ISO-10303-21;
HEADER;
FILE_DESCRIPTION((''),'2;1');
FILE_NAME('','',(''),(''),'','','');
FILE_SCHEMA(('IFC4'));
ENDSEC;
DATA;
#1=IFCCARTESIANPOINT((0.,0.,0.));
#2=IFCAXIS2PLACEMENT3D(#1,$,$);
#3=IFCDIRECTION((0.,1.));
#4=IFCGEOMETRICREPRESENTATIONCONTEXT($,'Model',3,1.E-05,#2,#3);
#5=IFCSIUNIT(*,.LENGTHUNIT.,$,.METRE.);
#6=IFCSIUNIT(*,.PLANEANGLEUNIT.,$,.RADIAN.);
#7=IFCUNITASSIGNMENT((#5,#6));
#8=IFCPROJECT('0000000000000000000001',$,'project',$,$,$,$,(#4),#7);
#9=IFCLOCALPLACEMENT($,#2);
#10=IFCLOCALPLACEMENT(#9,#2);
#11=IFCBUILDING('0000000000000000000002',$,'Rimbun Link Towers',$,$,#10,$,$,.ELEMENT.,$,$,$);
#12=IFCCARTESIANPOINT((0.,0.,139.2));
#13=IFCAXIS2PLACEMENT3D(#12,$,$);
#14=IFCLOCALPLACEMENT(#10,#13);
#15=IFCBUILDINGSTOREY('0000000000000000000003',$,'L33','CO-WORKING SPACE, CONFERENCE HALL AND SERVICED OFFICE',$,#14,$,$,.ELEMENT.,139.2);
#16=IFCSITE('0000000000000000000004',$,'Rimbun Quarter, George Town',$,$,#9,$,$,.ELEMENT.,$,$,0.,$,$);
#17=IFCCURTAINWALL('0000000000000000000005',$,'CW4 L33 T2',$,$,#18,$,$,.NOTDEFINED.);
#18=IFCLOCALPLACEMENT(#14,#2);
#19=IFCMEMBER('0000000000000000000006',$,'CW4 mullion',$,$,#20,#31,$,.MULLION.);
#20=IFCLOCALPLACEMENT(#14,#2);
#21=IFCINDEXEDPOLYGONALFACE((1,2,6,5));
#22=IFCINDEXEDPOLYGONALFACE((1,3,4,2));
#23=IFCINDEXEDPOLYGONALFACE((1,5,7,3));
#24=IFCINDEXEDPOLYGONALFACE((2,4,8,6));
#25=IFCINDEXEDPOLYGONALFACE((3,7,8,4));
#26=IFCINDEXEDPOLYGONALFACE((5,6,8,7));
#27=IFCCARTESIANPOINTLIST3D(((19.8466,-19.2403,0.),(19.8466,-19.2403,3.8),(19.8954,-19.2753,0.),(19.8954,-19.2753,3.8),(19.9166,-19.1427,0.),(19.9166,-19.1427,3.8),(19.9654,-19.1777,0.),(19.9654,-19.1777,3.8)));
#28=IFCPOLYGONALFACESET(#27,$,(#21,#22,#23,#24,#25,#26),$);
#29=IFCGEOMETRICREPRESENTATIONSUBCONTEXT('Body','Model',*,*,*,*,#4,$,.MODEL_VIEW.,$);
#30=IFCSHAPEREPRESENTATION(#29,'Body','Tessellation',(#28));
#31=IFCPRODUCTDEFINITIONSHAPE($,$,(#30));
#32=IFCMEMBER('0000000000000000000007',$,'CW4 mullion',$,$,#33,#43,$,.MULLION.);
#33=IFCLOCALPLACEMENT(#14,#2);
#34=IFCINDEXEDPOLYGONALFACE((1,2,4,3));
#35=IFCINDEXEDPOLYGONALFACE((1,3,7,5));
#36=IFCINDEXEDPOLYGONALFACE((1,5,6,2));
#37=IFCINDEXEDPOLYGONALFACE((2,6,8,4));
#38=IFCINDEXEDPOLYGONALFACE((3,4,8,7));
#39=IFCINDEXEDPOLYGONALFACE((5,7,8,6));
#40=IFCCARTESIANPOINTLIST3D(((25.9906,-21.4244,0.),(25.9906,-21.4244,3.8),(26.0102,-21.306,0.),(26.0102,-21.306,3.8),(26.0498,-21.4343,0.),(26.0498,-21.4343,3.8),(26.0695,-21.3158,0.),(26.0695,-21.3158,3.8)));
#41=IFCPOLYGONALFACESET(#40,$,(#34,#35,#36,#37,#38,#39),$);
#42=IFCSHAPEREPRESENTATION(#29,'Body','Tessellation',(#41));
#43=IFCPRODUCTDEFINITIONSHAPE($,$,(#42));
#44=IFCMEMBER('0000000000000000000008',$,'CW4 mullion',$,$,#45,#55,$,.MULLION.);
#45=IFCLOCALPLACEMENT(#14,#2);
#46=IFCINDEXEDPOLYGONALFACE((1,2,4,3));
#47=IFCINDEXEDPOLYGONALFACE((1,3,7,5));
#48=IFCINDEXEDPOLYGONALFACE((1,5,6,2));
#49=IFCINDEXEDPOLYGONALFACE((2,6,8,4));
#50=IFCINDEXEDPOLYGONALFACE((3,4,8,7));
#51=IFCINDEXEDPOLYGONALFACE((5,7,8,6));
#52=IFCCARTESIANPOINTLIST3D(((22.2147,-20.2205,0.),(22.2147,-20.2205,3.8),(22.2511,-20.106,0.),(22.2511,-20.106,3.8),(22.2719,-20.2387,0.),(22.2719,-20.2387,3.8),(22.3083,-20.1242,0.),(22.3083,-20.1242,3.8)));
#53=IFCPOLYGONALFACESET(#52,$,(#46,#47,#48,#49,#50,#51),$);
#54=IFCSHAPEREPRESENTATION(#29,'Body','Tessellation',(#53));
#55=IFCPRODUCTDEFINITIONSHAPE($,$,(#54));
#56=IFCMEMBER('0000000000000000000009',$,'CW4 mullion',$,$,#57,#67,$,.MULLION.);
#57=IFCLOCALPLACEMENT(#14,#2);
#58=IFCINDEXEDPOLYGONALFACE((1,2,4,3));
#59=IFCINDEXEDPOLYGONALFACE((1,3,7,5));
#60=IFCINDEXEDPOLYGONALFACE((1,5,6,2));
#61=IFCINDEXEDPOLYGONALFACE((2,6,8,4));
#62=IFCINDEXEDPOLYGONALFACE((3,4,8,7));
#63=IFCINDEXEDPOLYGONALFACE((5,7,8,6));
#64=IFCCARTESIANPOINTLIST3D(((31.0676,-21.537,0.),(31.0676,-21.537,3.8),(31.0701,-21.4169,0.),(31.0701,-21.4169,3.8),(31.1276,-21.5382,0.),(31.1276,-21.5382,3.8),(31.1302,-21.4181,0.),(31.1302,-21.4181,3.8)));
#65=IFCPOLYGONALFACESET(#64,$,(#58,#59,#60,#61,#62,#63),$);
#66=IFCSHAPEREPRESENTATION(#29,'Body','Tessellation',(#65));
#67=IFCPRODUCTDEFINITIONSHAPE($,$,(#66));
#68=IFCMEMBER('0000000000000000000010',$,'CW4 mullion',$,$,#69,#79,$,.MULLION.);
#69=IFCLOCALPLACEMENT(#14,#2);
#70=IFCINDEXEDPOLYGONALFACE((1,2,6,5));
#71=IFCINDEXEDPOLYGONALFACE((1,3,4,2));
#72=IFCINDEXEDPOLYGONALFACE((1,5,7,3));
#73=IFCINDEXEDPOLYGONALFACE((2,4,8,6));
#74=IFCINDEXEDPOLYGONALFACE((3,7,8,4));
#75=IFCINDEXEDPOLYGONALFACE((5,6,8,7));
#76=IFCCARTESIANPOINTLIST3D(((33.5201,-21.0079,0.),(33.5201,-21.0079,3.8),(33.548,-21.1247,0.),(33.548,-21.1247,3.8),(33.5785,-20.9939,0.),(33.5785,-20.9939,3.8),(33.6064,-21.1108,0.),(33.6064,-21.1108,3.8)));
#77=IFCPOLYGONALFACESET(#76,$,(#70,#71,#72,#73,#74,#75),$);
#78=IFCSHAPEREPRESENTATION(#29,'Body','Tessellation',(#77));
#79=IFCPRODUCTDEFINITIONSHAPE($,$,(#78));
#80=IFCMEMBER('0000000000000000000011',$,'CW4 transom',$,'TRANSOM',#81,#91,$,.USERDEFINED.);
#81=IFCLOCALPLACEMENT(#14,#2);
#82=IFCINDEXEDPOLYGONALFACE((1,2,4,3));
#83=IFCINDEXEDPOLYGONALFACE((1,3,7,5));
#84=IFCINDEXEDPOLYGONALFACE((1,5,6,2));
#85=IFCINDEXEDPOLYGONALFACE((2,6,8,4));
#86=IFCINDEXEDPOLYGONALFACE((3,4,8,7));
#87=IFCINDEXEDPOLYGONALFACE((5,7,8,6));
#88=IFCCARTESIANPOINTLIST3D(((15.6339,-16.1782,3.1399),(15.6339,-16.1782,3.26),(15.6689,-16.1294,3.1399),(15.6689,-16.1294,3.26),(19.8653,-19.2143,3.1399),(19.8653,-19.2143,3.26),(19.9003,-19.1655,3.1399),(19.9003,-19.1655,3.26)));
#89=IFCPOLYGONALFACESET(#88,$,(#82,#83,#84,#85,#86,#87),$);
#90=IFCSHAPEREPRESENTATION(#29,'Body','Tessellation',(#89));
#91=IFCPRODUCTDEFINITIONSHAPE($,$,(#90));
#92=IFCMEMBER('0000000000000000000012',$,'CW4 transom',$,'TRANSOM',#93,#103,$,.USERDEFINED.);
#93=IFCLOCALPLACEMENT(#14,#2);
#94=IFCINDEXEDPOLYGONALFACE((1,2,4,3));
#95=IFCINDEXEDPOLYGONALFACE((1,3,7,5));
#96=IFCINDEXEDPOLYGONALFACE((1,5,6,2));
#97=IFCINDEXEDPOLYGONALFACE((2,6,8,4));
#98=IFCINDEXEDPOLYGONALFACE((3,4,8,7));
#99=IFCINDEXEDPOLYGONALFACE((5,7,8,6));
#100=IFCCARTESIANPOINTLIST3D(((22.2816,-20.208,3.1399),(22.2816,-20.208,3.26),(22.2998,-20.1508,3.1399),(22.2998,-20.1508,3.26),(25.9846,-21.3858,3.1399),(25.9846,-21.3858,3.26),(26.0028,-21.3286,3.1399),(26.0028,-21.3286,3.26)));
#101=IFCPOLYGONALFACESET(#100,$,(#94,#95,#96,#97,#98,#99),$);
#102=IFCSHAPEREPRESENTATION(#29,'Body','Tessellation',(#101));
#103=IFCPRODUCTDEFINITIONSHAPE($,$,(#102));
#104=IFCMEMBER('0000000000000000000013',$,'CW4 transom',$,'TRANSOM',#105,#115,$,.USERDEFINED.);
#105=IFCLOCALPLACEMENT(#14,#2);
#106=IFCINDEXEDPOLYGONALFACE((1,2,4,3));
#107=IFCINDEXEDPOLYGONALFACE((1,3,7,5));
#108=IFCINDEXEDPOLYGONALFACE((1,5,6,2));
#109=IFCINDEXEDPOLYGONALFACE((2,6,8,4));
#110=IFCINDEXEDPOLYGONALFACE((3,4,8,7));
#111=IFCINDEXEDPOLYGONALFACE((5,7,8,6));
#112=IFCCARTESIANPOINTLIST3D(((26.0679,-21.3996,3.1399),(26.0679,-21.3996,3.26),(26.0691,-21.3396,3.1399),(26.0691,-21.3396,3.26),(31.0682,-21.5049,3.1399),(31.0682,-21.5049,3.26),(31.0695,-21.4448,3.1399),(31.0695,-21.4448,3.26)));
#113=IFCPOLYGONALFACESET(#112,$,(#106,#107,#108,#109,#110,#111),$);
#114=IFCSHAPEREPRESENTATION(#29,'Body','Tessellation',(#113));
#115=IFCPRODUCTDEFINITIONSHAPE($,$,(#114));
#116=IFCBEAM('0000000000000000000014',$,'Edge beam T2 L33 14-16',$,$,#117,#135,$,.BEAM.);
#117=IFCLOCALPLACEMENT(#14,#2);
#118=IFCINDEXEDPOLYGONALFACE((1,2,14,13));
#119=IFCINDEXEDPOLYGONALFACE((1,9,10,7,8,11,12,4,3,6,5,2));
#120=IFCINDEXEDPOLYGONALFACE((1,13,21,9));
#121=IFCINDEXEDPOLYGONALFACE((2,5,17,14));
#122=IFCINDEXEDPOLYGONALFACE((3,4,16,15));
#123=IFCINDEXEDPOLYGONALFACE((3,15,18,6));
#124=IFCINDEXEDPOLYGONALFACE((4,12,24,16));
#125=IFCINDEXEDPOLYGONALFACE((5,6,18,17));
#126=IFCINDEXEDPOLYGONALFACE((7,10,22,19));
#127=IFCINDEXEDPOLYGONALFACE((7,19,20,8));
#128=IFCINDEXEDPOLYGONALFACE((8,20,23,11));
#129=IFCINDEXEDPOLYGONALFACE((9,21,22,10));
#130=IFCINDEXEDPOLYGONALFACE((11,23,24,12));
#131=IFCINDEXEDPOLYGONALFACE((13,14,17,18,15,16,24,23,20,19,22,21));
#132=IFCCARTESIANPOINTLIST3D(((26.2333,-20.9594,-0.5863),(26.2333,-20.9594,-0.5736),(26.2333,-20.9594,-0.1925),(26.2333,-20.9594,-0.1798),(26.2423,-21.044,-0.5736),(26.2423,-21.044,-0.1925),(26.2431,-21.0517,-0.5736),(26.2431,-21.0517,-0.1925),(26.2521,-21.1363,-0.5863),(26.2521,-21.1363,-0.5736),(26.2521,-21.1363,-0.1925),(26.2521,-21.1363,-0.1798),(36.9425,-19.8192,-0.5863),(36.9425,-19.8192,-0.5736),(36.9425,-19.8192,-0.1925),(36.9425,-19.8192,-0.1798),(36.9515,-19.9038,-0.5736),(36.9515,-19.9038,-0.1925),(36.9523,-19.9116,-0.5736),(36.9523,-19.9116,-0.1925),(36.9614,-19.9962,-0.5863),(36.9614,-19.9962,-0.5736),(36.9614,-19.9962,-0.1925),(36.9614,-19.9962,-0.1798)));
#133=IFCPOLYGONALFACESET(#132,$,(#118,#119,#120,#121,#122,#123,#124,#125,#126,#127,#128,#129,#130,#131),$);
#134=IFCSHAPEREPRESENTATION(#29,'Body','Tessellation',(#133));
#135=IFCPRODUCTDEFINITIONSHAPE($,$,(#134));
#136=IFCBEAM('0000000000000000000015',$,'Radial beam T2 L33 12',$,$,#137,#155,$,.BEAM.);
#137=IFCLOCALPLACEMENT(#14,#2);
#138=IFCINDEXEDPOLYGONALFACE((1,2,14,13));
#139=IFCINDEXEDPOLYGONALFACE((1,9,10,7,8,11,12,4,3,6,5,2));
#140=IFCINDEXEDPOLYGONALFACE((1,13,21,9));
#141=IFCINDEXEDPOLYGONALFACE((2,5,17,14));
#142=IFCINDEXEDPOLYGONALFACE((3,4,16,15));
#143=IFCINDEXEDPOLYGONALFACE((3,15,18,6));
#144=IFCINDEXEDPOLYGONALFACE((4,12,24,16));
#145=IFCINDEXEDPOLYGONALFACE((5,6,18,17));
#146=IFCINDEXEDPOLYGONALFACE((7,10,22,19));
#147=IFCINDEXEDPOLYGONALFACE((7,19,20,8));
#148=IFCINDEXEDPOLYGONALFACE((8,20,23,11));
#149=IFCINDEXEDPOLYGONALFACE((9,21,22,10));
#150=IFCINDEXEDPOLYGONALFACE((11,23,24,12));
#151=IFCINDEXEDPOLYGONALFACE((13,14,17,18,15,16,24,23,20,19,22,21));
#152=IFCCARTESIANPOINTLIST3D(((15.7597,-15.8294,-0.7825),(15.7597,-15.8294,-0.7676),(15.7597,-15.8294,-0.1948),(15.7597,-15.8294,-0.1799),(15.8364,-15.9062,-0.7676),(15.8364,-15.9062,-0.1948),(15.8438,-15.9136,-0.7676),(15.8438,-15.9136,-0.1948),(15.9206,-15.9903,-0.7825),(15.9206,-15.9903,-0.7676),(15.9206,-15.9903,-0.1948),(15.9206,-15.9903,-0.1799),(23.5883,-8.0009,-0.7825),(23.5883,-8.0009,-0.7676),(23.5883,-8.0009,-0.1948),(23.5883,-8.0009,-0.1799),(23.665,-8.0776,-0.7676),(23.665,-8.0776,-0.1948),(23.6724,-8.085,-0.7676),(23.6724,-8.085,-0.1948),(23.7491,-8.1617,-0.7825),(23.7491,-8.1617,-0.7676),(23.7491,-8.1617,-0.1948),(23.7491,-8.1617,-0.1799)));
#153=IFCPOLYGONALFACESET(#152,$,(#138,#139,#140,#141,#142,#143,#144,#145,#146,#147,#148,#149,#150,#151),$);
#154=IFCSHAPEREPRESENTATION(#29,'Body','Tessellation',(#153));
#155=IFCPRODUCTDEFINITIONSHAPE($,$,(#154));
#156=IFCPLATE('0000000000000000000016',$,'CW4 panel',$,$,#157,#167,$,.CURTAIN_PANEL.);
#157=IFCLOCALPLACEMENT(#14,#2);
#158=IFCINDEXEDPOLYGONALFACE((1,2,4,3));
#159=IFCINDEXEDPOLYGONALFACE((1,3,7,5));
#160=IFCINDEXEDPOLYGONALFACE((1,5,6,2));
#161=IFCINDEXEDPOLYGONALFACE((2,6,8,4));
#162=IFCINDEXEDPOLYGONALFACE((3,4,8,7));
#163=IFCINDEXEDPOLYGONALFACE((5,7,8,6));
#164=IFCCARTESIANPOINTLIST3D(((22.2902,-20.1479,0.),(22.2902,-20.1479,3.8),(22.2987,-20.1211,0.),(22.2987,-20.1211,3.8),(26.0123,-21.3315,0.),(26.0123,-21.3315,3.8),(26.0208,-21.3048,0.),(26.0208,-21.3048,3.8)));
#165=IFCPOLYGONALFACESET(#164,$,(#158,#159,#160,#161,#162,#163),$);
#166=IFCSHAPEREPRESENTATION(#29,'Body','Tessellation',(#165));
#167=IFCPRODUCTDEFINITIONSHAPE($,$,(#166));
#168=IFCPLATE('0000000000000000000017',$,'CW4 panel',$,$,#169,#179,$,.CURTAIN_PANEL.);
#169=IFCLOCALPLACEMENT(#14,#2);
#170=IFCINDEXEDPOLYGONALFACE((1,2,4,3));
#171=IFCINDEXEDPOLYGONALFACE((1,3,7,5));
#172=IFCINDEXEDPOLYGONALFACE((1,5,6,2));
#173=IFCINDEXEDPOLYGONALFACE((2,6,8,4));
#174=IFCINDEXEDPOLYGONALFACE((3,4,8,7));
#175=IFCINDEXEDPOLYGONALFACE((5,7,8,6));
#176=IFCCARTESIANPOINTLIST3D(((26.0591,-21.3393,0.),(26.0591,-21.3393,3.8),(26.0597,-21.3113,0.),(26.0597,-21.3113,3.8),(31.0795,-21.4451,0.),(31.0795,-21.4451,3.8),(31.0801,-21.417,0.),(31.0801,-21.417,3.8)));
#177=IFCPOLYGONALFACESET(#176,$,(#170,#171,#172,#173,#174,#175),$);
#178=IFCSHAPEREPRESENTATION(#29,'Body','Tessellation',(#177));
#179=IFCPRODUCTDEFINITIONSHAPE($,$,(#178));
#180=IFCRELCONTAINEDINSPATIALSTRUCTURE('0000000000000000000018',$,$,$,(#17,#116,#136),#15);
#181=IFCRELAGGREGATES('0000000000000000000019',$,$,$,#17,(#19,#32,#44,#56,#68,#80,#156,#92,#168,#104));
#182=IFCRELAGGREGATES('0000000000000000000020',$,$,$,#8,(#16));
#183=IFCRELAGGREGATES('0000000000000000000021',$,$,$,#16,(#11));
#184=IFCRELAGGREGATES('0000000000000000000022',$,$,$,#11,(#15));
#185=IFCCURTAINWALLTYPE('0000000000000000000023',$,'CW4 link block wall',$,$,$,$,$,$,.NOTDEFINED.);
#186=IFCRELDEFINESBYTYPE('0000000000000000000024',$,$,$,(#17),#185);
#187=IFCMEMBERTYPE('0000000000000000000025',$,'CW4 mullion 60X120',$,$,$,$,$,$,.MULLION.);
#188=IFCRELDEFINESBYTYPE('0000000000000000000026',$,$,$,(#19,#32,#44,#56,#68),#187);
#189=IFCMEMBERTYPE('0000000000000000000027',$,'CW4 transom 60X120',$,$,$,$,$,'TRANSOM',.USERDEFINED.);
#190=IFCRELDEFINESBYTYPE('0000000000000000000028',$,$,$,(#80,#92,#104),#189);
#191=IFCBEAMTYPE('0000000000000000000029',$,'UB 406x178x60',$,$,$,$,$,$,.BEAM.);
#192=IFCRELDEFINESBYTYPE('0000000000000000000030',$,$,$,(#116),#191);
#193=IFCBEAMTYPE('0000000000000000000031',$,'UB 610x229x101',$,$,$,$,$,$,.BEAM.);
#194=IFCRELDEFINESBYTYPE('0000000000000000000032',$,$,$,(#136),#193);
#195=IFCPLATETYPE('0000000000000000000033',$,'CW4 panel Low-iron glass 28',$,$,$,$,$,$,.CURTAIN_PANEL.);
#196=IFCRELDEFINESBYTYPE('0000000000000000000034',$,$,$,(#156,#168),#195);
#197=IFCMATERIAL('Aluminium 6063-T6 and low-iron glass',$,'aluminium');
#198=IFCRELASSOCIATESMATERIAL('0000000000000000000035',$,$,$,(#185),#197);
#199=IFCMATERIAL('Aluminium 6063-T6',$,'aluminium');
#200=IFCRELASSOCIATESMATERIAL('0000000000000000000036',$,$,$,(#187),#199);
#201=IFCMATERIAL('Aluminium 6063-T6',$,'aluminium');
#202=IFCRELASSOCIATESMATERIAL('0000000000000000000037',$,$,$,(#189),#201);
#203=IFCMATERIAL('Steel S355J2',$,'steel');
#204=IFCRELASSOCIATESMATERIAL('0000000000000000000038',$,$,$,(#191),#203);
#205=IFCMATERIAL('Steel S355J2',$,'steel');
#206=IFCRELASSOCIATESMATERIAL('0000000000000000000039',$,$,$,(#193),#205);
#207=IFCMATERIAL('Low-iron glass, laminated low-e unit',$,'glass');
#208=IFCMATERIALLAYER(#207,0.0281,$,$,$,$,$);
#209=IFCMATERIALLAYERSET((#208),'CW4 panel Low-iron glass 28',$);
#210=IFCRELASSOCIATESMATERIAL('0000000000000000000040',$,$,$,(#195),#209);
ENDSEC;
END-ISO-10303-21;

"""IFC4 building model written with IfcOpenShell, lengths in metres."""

from ifc_helpers import new_model, si_unit, direction, frame, origin, origin_2d, place, context, subcontext, project, spatial, rectangle, i_section, extrude, material, layer, layer_set, material_profile, profile_set, type_object, element, aggregate, save


model = new_model("IFC4")

# Units and contexts
model_context = context("Model", 3, precision=1e-05, world=origin(), true_north=direction((0.0, 1.0)))
body_context = subcontext(model_context, "Body", "Model", "MODEL_VIEW")
ifc_project = project(units=[si_unit("LENGTHUNIT", "METRE"), si_unit("PLANEANGLEUNIT", "RADIAN")], contexts=[model_context])

# Site, building, storey
site_placement = place(None, origin())
site = spatial("IfcSite", under=ifc_project, at=site_placement, Name="Rimbun Quarter, George Town", CompositionType="ELEMENT", RefElevation=0.0)
building_placement = place(site_placement, origin())
building = spatial("IfcBuilding", under=site, at=building_placement, Name="Rimbun Link Towers", CompositionType="ELEMENT")
storey_placement = place(building_placement, frame((0.0, 0.0, 139.2)))
storey = spatial("IfcBuildingStorey", under=building, at=storey_placement, Name="L33", Description="CO-WORKING SPACE, CONFERENCE HALL AND SERVICED OFFICE", CompositionType="ELEMENT", Elevation=139.2)

# Curtain wall, members
ifc_material_1 = material(Name="Aluminium 6063-T6 and low-iron glass", Category="aluminium")
curtain_wall_type = type_object("IfcCurtainWallType", Name="CW4 link block wall", PredefinedType="NOTDEFINED", material=ifc_material_1)
curtain_wall_placement = place(storey_placement, origin())
curtain_wall = element("IfcCurtainWall", 1, at=curtain_wall_placement, inside=storey, type_object=curtain_wall_type, Name="CW4 L33 T2", PredefinedType="NOTDEFINED")
ifc_material_2 = material(Name="Aluminium 6063-T6", Category="aluminium")
ifc_material_profile_1 = material_profile(ifc_material_2, rectangle(XDim=0.1201, YDim=0.0601, at=origin_2d()), Name="MULLION 60X120")
ifc_profile_set_1 = profile_set([ifc_material_profile_1], Name="Aluminium 6063-T6")
member_type_1 = type_object("IfcMemberType", Name="CW4 mullion 60X120", PredefinedType="MULLION", material=ifc_profile_set_1)
member_1_placement = place(storey_placement, frame((19.906, -19.209, 0.0), z_axis=(0.0, 0.0, 1.0), x_axis=(-0.583009, -0.812465, 0.0)))
member_1 = element("IfcMember", 2, at=member_1_placement, type_object=member_type_1, Name="CW4 mullion", PredefinedType="MULLION", context=body_context, shape_type="SweptSolid", body=[
    extrude(rectangle(XDim=0.1201, YDim=0.0601, at=origin_2d()), origin(), (0.0, 0.0, 1.0), 3.8),
])
member_2_placement = place(storey_placement, frame((26.03, -21.3701, 0.0), z_axis=(0.0, 0.0, 1.0), x_axis=(-0.163742, -0.986503, 0.0)))
member_2 = element("IfcMember", 3, at=member_2_placement, type_object=member_type_1, Name="CW4 mullion", PredefinedType="MULLION", context=body_context, shape_type="SweptSolid", body=[
    extrude(rectangle(XDim=0.1201, YDim=0.0601, at=origin_2d()), origin(), (0.0, 0.0, 1.0), 3.8),
])
member_3_placement = place(storey_placement, frame((22.2615, -20.1724, 0.0), z_axis=(0.0, 0.0, 1.0), x_axis=(-0.30306, -0.952972, 0.0)))
member_3 = element("IfcMember", 4, at=member_3_placement, type_object=member_type_1, Name="CW4 mullion", PredefinedType="MULLION", context=body_context, shape_type="SweptSolid", body=[
    extrude(rectangle(XDim=0.1201, YDim=0.0601, at=origin_2d()), origin(), (0.0, 0.0, 1.0), 3.8),
])
member_4_placement = place(storey_placement, frame((31.0989, -21.4775, 0.0), z_axis=(0.0, 0.0, 1.0), x_axis=(-0.021063, -0.999778, 0.0)))
member_4 = element("IfcMember", 5, at=member_4_placement, type_object=member_type_1, Name="CW4 mullion", PredefinedType="MULLION", context=body_context, shape_type="SweptSolid", body=[
    extrude(rectangle(XDim=0.1201, YDim=0.0601, at=origin_2d()), origin(), (0.0, 0.0, 1.0), 3.8),
])
member_5_placement = place(storey_placement, frame((33.5632, -21.0593, 0.0), z_axis=(0.0, 0.0, 1.0), x_axis=(0.232588, -0.972575, 0.0)))
member_5 = element("IfcMember", 6, at=member_5_placement, type_object=member_type_1, Name="CW4 mullion", PredefinedType="MULLION", context=body_context, shape_type="SweptSolid", body=[
    extrude(rectangle(XDim=0.1201, YDim=0.0601, at=origin_2d()), origin(), (0.0, 0.0, 1.0), 3.8),
])
ifc_material_3 = material(Name="Aluminium 6063-T6", Category="aluminium")
ifc_material_profile_2 = material_profile(ifc_material_3, rectangle(XDim=0.0601, YDim=0.1201, at=origin_2d()), Name="TRANSOM 60X120")
ifc_profile_set_2 = profile_set([ifc_material_profile_2], Name="Aluminium 6063-T6")
member_type_2 = type_object("IfcMemberType", Name="CW4 transom 60X120", ElementType="TRANSOM", PredefinedType="USERDEFINED", material=ifc_profile_set_2)
member_6_placement = place(storey_placement, frame((19.8828, -19.1899, 3.2), z_axis=(-0.81249, 0.582975, 0.0), x_axis=(-0.582975, -0.81249, 0.0)))
member_6 = element("IfcMember", 7, at=member_6_placement, type_object=member_type_2, Name="CW4 transom", ObjectType="TRANSOM", PredefinedType="USERDEFINED", context=body_context, shape_type="SweptSolid", body=[
    extrude(rectangle(XDim=0.0601, YDim=0.1201, at=origin_2d()), origin(), (0.0, 0.0, 1.0), 5.208),
])
member_7_placement = place(storey_placement, frame((25.9937, -21.3572, 3.2), z_axis=(-0.95296, 0.303097, 0.0), x_axis=(-0.303097, -0.95296, 0.0)))
member_7 = element("IfcMember", 8, at=member_7_placement, type_object=member_type_2, Name="CW4 transom", ObjectType="TRANSOM", PredefinedType="USERDEFINED", context=body_context, shape_type="SweptSolid", body=[
    extrude(rectangle(XDim=0.0601, YDim=0.1201, at=origin_2d()), origin(), (0.0, 0.0, 1.0), 3.8857),
])
member_8_placement = place(storey_placement, frame((31.0688, -21.4749, 3.2), z_axis=(-0.999779, 0.021039, 0.0), x_axis=(-0.021039, -0.999779, 0.0)))
member_8 = element("IfcMember", 9, at=member_8_placement, type_object=member_type_2, Name="CW4 transom", ObjectType="TRANSOM", PredefinedType="USERDEFINED", context=body_context, shape_type="SweptSolid", body=[
    extrude(rectangle(XDim=0.0601, YDim=0.1201, at=origin_2d()), origin(), (0.0, 0.0, 1.0), 5.0015),
])

# Beams
ifc_material_4 = material(Name="Steel S355J2", Category="steel")
ifc_material_profile_3 = material_profile(ifc_material_4, i_section(OverallWidth=0.178, OverallDepth=0.4065, WebThickness=0.0078, FlangeThickness=0.0127, at=origin_2d()), Name="UB 406x178x60")
ifc_profile_set_3 = profile_set([ifc_material_profile_3], Name="Steel S355J2")
beam_type_1 = type_object("IfcBeamType", Name="UB 406x178x60", PredefinedType="BEAM", material=ifc_profile_set_3)
beam_1_placement = place(storey_placement, frame((26.2427, -21.0479, -0.3831), z_axis=(0.994381, 0.105865, 0.0), x_axis=(-0.105865, 0.994381, 0.0)))
element("IfcBeam", 10, at=beam_1_placement, inside=storey, type_object=beam_type_1, Name="Edge beam T2 L33 14-16", PredefinedType="BEAM", context=body_context, shape_type="SweptSolid", body=[
    extrude(i_section(OverallWidth=0.178, OverallDepth=0.4065, WebThickness=0.0078, FlangeThickness=0.0127, at=origin_2d()), origin(), (0.0, 0.0, 1.0), 10.7698),
])
ifc_material_5 = material(Name="Steel S355J2", Category="steel")
ifc_material_profile_4 = material_profile(ifc_material_5, i_section(OverallWidth=0.2275, OverallDepth=0.6025, WebThickness=0.0105, FlangeThickness=0.0149, at=origin_2d()), Name="UB 610x229x101")
ifc_profile_set_4 = profile_set([ifc_material_profile_4], Name="Steel S355J2")
beam_type_2 = type_object("IfcBeamType", Name="UB 610x229x101", PredefinedType="BEAM", material=ifc_profile_set_4)
beam_2_placement = place(storey_placement, frame((23.6687, -8.0813, -0.4812), z_axis=(-0.707107, -0.707107, 0.0), x_axis=(0.707107, -0.707107, 0.0)))
element("IfcBeam", 11, at=beam_2_placement, inside=storey, type_object=beam_type_2, Name="Radial beam T2 L33 12", PredefinedType="BEAM", context=body_context, shape_type="SweptSolid", body=[
    extrude(i_section(OverallWidth=0.2275, OverallDepth=0.6025, WebThickness=0.0105, FlangeThickness=0.0149, at=origin_2d()), origin(), (0.0, 0.0, 1.0), 11.0713),
])

# Plates
ifc_material_6 = material(Name="Low-iron glass, laminated low-e unit", Category="glass")
ifc_layer_1 = layer(ifc_material_6, 0.0281)
ifc_layer_set_1 = layer_set([ifc_layer_1], Name="CW4 panel Low-iron glass 28")
plate_type = type_object("IfcPlateType", Name="CW4 panel Low-iron glass 28", PredefinedType="CURTAIN_PANEL", material=ifc_layer_set_1)
plate_1_placement = place(storey_placement, frame((24.1555, -20.7263, 0.0), z_axis=(0.0, 0.0, 1.0), x_axis=(-0.952972, 0.30306, 0.0)))
plate_1 = element("IfcPlate", 12, at=plate_1_placement, type_object=plate_type, Name="CW4 panel", PredefinedType="CURTAIN_PANEL", context=body_context, shape_type="SweptSolid", body=[
    extrude(rectangle(XDim=3.9058, YDim=0.0281, at=origin_2d()), origin(), (0.0, 0.0, 1.0), 3.8),
])
plate_2_placement = place(storey_placement, frame((28.5696, -21.3782, 0.0), z_axis=(0.0, 0.0, 1.0), x_axis=(-0.999778, 0.021063, 0.0)))
plate_2 = element("IfcPlate", 13, at=plate_2_placement, type_object=plate_type, Name="CW4 panel", PredefinedType="CURTAIN_PANEL", context=body_context, shape_type="SweptSolid", body=[
    extrude(rectangle(XDim=5.0215, YDim=0.0281, at=origin_2d()), origin(), (0.0, 0.0, 1.0), 3.8),
])
aggregate(curtain_wall, [member_1, member_2, member_3, member_4, member_5, member_6, plate_1, member_7, plate_2, member_8])

save(model, "model.ifc")
